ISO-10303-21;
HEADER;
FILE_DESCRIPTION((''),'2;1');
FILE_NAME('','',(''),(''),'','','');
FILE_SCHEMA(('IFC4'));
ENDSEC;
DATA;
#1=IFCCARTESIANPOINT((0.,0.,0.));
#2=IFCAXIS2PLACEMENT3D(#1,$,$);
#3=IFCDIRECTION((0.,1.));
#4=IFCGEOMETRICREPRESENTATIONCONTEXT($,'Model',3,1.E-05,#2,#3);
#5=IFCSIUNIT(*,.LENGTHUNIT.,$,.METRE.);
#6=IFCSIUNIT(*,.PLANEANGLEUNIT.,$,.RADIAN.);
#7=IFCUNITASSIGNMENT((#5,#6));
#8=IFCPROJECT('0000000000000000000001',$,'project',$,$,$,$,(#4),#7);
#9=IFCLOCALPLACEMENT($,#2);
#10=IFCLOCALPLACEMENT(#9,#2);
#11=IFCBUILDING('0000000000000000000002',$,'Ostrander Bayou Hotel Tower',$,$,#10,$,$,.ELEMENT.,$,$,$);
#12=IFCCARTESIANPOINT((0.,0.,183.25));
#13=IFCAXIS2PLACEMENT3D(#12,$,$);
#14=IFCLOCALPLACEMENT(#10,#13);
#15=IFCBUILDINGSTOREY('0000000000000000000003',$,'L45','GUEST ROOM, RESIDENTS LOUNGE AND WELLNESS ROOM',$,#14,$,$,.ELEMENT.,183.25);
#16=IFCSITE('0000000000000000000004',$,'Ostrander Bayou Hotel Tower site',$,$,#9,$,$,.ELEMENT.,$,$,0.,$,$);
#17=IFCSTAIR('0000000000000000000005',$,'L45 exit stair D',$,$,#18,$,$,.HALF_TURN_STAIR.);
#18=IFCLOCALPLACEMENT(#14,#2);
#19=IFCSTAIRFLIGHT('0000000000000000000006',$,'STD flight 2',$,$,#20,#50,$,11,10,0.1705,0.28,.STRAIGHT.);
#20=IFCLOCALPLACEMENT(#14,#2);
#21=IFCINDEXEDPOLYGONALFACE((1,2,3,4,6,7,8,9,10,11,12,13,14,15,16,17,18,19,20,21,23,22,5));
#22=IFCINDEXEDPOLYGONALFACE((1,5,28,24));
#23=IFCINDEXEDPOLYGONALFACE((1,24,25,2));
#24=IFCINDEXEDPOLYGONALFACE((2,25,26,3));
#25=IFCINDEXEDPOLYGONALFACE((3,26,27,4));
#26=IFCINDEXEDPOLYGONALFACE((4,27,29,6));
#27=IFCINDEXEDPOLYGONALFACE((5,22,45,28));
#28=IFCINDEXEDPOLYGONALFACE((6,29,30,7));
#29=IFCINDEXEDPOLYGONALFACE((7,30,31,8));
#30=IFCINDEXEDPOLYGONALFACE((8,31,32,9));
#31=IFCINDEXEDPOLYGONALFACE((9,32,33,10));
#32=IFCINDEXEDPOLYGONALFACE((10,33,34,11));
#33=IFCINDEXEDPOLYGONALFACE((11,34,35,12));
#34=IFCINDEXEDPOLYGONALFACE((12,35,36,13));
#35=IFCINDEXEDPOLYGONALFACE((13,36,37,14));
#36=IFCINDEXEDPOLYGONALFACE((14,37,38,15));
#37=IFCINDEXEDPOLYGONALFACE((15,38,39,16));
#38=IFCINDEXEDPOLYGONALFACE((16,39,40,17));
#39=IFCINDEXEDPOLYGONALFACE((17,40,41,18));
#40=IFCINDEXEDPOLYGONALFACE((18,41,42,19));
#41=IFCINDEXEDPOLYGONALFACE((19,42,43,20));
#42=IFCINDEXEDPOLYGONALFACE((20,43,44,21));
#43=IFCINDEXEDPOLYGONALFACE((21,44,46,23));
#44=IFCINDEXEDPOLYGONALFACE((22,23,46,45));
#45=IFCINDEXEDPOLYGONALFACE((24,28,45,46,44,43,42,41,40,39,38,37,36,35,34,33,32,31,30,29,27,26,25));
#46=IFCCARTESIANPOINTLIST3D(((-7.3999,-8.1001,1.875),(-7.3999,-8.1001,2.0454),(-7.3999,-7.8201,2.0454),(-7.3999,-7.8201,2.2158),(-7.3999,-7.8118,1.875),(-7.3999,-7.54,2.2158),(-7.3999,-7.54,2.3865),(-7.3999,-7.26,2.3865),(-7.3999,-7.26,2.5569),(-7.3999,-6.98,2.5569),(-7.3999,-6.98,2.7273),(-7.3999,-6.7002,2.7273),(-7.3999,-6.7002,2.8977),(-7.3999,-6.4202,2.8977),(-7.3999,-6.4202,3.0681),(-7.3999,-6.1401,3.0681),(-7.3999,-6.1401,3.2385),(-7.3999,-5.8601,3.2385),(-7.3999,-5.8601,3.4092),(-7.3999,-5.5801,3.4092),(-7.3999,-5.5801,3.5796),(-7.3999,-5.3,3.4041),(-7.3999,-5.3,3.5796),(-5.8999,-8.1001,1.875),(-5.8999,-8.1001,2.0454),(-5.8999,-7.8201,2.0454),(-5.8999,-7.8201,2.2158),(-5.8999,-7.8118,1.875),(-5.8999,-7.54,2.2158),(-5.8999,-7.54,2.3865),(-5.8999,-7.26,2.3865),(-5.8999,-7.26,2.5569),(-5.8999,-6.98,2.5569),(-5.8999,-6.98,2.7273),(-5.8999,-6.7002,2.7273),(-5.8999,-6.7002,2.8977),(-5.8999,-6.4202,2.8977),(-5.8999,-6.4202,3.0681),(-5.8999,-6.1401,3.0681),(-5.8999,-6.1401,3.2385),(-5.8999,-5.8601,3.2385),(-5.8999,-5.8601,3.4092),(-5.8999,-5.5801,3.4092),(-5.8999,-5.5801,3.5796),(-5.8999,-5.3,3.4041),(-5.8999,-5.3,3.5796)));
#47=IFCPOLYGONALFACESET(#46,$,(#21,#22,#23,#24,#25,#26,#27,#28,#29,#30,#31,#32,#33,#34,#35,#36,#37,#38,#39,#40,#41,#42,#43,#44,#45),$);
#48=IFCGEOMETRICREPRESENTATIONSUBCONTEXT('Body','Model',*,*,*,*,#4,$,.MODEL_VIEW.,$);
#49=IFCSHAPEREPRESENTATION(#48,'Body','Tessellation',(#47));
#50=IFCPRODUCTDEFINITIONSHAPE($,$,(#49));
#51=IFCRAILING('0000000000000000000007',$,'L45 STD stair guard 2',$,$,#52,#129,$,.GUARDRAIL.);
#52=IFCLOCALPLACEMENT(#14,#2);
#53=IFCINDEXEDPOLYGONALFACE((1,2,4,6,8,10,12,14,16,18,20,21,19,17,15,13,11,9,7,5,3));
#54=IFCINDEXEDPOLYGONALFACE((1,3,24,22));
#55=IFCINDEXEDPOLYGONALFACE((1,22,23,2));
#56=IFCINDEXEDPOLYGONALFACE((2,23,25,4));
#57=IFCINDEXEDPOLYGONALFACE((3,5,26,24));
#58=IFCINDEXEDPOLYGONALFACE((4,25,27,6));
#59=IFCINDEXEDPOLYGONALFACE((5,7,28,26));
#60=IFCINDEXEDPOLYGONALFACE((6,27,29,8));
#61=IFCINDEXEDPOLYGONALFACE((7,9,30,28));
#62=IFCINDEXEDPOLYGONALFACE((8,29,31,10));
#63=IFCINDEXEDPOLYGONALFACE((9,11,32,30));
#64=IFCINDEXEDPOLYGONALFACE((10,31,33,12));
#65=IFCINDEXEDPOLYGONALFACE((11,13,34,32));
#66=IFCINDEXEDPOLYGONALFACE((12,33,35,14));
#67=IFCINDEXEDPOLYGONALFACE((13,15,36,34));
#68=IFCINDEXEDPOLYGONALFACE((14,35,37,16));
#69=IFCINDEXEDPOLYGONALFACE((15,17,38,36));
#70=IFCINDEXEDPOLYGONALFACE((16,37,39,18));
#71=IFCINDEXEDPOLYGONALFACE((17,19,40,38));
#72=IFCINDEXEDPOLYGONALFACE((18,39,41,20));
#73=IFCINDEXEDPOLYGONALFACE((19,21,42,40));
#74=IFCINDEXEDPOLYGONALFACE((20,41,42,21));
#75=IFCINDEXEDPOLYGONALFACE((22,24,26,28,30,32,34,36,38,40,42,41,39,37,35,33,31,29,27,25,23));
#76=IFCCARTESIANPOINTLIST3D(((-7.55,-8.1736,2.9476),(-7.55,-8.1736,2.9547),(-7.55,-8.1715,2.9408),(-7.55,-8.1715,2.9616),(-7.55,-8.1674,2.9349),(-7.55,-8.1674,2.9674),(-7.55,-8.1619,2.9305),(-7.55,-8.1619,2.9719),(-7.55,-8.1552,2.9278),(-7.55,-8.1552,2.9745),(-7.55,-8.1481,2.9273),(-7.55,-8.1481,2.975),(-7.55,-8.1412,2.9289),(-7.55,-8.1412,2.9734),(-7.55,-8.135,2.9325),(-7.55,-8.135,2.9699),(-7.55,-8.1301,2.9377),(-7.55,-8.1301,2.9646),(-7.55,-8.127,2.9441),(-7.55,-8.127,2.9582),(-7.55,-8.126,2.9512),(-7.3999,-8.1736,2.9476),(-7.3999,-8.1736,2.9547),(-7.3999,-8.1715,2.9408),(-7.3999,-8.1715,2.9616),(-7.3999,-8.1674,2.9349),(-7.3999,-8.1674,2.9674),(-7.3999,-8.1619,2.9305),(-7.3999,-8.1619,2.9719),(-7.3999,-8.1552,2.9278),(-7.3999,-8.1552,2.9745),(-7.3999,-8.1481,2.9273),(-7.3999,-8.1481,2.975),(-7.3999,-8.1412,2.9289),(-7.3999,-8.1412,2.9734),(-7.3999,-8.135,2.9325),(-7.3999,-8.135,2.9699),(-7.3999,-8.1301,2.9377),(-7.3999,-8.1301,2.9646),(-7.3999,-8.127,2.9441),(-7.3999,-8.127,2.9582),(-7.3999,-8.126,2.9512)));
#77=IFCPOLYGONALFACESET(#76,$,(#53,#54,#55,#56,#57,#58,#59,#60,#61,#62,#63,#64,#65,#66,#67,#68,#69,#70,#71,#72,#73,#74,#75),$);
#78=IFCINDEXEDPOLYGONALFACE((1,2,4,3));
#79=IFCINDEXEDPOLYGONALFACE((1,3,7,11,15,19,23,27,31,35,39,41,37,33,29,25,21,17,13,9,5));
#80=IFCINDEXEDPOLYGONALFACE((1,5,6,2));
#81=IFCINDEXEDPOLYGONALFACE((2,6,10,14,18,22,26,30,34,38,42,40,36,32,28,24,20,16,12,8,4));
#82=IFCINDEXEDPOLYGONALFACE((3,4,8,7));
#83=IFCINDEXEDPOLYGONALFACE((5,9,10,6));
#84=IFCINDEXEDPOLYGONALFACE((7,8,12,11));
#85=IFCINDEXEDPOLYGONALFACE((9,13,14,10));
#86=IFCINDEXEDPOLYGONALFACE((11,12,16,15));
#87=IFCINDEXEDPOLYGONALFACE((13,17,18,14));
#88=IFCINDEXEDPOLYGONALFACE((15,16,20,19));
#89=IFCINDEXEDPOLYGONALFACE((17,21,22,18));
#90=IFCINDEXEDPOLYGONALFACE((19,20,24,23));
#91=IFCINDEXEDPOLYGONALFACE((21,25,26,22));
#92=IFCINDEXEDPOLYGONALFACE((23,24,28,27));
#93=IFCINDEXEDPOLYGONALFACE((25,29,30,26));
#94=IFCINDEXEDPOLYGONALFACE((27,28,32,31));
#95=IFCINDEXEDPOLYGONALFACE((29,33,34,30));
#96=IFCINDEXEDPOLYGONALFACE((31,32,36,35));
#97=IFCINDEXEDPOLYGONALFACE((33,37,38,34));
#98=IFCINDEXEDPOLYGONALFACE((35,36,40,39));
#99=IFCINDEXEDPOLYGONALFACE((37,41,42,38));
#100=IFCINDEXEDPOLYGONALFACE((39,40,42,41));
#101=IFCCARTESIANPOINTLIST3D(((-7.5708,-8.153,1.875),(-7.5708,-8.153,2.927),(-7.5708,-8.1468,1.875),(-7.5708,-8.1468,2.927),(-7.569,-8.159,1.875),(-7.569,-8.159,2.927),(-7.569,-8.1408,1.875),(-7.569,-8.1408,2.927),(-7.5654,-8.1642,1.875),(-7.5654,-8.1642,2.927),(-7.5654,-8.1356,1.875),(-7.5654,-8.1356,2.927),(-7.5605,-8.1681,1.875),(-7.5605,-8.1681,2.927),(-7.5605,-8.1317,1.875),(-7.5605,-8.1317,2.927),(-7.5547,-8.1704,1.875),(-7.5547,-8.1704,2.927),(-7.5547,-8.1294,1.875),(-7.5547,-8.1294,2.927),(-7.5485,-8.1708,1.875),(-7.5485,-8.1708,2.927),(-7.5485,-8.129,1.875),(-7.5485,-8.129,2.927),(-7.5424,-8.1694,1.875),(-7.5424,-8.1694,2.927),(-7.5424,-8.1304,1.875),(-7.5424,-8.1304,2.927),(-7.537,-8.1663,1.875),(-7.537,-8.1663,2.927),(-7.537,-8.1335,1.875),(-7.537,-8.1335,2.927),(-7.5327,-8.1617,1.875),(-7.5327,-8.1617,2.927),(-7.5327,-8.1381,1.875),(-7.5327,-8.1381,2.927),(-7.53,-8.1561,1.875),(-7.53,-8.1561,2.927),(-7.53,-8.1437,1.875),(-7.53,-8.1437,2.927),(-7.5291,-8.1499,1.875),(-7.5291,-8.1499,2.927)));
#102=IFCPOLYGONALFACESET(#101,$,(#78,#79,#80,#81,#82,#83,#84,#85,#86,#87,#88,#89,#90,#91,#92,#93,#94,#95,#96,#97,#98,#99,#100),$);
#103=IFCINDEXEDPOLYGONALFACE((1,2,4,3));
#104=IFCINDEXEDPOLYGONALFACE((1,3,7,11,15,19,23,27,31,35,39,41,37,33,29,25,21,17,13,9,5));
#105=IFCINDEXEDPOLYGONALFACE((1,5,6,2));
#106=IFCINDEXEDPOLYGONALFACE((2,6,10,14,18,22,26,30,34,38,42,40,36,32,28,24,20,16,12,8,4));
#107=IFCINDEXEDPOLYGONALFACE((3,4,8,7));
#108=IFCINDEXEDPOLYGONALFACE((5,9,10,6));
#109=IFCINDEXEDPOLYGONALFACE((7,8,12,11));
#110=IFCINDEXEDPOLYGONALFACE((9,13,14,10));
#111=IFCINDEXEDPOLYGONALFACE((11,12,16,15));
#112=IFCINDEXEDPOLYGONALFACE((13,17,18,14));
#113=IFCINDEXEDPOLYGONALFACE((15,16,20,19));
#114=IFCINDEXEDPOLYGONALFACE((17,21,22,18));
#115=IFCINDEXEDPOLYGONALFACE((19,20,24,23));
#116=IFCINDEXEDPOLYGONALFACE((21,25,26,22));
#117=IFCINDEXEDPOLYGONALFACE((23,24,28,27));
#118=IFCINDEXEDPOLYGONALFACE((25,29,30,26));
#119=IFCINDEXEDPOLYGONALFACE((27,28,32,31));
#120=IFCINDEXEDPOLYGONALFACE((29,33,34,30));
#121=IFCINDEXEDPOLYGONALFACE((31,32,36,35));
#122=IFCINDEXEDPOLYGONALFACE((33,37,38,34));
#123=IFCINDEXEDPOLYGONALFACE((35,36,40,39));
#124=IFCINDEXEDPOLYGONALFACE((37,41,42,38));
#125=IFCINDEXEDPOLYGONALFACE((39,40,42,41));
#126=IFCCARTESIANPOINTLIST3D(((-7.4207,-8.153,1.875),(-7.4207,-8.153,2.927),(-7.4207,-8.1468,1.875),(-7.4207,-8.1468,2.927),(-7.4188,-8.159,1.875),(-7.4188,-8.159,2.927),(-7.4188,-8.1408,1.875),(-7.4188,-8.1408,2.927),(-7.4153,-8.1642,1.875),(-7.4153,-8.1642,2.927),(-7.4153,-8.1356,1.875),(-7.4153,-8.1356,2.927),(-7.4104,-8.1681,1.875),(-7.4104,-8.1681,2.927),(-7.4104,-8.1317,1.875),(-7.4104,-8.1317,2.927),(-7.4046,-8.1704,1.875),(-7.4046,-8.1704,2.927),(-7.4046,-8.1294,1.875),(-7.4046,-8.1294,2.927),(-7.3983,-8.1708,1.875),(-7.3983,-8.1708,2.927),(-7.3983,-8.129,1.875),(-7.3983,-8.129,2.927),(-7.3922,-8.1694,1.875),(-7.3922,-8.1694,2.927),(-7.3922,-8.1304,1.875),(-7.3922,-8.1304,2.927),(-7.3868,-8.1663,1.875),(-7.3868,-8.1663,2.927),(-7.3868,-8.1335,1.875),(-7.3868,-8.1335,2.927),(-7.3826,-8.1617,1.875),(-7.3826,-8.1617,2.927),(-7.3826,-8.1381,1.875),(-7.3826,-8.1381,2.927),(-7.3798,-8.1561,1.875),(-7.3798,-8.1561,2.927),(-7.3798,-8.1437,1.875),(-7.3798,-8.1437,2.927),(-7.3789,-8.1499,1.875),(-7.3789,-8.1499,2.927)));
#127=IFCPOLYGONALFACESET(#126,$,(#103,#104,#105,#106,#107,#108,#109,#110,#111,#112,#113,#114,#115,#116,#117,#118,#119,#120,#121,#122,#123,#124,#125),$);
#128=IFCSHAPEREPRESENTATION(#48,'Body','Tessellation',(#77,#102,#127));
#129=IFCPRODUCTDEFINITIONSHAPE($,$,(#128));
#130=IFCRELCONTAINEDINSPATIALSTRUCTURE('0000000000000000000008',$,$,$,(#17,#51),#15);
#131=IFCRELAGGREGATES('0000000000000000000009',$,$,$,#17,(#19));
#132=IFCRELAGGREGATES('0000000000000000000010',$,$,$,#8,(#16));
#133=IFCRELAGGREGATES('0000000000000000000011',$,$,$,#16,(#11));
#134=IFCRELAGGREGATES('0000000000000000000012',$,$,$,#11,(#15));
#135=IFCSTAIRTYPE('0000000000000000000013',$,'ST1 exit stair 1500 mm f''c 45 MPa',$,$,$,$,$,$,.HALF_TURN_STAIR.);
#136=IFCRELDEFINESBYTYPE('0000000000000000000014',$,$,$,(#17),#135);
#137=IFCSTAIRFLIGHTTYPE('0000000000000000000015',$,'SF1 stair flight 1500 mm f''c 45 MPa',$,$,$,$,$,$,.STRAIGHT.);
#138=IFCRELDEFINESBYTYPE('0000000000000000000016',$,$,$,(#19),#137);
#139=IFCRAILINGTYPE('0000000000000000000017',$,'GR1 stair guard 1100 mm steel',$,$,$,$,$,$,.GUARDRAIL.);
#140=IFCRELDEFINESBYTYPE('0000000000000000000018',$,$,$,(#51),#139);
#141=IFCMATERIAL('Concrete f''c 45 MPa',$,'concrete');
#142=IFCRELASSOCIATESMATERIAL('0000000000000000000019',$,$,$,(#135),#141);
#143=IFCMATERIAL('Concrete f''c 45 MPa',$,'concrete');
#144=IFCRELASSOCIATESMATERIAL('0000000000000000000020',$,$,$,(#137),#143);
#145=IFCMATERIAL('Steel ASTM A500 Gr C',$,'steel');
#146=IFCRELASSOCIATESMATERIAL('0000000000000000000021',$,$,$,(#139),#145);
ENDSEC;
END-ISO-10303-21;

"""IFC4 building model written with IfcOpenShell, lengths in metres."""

from ifc_helpers import new_model, si_unit, direction, frame, origin, origin_2d, place, context, subcontext, project, spatial, polyline, circle, outline, extrude, material, type_object, element, aggregate, save


model = new_model("IFC4")

# Units and contexts
model_context = context("Model", 3, precision=1e-05, world=origin(), true_north=direction((0.0, 1.0)))
body_context = subcontext(model_context, "Body", "Model", "MODEL_VIEW")
ifc_project = project(units=[si_unit("LENGTHUNIT", "METRE"), si_unit("PLANEANGLEUNIT", "RADIAN")], contexts=[model_context])

# Site, building, storey
site_placement = place(None, origin())
site = spatial("IfcSite", under=ifc_project, at=site_placement, Name="Ostrander Bayou Hotel Tower site", CompositionType="ELEMENT", RefElevation=0.0)
building_placement = place(site_placement, origin())
building = spatial("IfcBuilding", under=site, at=building_placement, Name="Ostrander Bayou Hotel Tower", CompositionType="ELEMENT")
storey_placement = place(building_placement, frame((0.0, 0.0, 183.25)))
storey = spatial("IfcBuildingStorey", under=building, at=storey_placement, Name="L45", Description="GUEST ROOM, RESIDENTS LOUNGE AND WELLNESS ROOM", CompositionType="ELEMENT", Elevation=183.25)

# Stair, stair flight
ifc_material_1 = material(Name="Concrete f'c 45 MPa", Category="concrete")
stair_type = type_object("IfcStairType", Name="ST1 exit stair 1500 mm f'c 45 MPa", PredefinedType="HALF_TURN_STAIR", material=ifc_material_1)
stair_placement = place(storey_placement, origin())
stair = element("IfcStair", 1, at=stair_placement, inside=storey, type_object=stair_type, Name="L45 exit stair D", PredefinedType="HALF_TURN_STAIR")
ifc_material_2 = material(Name="Concrete f'c 45 MPa", Category="concrete")
stair_flight_type = type_object("IfcStairFlightType", Name="SF1 stair flight 1500 mm f'c 45 MPa", PredefinedType="STRAIGHT", material=ifc_material_2)
stair_flight_placement = place(storey_placement, frame((-6.6499, -8.1001, 1.875), z_axis=(0.0, 0.0, 1.0), x_axis=(0.0, 1.0, 0.0)))
stair_flight = element("IfcStairFlight", 2, at=stair_flight_placement, type_object=stair_flight_type, Name="STD flight 2", NumberOfRisers=11, NumberOfTreads=10, PredefinedType="STRAIGHT", RiserHeight=0.1705, TreadLength=0.28, context=body_context, shape_type="SweptSolid", body=[
    extrude(outline(polyline([(0.0, 0.0), (0.0, 0.1704), (0.28, 0.1704), (0.28, 0.3408), (0.5601, 0.3408), (0.5601, 0.5115), (0.8401, 0.5115), (0.8401, 0.6819), (1.1201, 0.6819), (1.1201, 0.8523), (1.3999, 0.8523), (1.3999, 1.0227), (1.6799, 1.0227), (1.6799, 1.1931), (1.96, 1.1931), (1.96, 1.3635), (2.24, 1.3635), (2.24, 1.5342), (2.52, 1.5342), (2.52, 1.7046), (2.8, 1.7046), (2.8, 1.875), (2.8, 1.5291), (0.2883, 0.0), (0.0, 0.0)])), frame((0.0, 0.75, 0.0), z_axis=(0.0, -1.0, 0.0), x_axis=(1.0, 0.0, 0.0)), (0.0, 0.0, 1.0), 1.5),
])
aggregate(stair, [stair_flight])

# Railing
ifc_material_3 = material(Name="Steel ASTM A500 Gr C", Category="steel")
railing_type = type_object("IfcRailingType", Name="GR1 stair guard 1100 mm steel", PredefinedType="GUARDRAIL", material=ifc_material_3)
railing_1_placement = place(storey_placement, frame((-7.55, -8.1499, 1.875)))
element("IfcRailing", 3, at=railing_1_placement, inside=storey, type_object=railing_type, Name="L45 STD stair guard 2", PredefinedType="GUARDRAIL", context=body_context, shape_type="SweptSolid", body=[
    extrude(circle(Radius=0.0239, at=origin_2d()), frame((0.0, 0.0, 1.0762), z_axis=(1.0, 0.0, 0.0), x_axis=(0.0, 1.0, 0.0)), (0.0, 0.0, 1.0), 0.1501),
    extrude(circle(Radius=0.021, at=origin_2d()), origin(), (0.0, 0.0, 1.0), 1.052),
    extrude(circle(Radius=0.021, at=origin_2d()), frame((0.1501, 0.0, 0.0)), (0.0, 0.0, 1.0), 1.052),
])

save(model, "model.ifc")
